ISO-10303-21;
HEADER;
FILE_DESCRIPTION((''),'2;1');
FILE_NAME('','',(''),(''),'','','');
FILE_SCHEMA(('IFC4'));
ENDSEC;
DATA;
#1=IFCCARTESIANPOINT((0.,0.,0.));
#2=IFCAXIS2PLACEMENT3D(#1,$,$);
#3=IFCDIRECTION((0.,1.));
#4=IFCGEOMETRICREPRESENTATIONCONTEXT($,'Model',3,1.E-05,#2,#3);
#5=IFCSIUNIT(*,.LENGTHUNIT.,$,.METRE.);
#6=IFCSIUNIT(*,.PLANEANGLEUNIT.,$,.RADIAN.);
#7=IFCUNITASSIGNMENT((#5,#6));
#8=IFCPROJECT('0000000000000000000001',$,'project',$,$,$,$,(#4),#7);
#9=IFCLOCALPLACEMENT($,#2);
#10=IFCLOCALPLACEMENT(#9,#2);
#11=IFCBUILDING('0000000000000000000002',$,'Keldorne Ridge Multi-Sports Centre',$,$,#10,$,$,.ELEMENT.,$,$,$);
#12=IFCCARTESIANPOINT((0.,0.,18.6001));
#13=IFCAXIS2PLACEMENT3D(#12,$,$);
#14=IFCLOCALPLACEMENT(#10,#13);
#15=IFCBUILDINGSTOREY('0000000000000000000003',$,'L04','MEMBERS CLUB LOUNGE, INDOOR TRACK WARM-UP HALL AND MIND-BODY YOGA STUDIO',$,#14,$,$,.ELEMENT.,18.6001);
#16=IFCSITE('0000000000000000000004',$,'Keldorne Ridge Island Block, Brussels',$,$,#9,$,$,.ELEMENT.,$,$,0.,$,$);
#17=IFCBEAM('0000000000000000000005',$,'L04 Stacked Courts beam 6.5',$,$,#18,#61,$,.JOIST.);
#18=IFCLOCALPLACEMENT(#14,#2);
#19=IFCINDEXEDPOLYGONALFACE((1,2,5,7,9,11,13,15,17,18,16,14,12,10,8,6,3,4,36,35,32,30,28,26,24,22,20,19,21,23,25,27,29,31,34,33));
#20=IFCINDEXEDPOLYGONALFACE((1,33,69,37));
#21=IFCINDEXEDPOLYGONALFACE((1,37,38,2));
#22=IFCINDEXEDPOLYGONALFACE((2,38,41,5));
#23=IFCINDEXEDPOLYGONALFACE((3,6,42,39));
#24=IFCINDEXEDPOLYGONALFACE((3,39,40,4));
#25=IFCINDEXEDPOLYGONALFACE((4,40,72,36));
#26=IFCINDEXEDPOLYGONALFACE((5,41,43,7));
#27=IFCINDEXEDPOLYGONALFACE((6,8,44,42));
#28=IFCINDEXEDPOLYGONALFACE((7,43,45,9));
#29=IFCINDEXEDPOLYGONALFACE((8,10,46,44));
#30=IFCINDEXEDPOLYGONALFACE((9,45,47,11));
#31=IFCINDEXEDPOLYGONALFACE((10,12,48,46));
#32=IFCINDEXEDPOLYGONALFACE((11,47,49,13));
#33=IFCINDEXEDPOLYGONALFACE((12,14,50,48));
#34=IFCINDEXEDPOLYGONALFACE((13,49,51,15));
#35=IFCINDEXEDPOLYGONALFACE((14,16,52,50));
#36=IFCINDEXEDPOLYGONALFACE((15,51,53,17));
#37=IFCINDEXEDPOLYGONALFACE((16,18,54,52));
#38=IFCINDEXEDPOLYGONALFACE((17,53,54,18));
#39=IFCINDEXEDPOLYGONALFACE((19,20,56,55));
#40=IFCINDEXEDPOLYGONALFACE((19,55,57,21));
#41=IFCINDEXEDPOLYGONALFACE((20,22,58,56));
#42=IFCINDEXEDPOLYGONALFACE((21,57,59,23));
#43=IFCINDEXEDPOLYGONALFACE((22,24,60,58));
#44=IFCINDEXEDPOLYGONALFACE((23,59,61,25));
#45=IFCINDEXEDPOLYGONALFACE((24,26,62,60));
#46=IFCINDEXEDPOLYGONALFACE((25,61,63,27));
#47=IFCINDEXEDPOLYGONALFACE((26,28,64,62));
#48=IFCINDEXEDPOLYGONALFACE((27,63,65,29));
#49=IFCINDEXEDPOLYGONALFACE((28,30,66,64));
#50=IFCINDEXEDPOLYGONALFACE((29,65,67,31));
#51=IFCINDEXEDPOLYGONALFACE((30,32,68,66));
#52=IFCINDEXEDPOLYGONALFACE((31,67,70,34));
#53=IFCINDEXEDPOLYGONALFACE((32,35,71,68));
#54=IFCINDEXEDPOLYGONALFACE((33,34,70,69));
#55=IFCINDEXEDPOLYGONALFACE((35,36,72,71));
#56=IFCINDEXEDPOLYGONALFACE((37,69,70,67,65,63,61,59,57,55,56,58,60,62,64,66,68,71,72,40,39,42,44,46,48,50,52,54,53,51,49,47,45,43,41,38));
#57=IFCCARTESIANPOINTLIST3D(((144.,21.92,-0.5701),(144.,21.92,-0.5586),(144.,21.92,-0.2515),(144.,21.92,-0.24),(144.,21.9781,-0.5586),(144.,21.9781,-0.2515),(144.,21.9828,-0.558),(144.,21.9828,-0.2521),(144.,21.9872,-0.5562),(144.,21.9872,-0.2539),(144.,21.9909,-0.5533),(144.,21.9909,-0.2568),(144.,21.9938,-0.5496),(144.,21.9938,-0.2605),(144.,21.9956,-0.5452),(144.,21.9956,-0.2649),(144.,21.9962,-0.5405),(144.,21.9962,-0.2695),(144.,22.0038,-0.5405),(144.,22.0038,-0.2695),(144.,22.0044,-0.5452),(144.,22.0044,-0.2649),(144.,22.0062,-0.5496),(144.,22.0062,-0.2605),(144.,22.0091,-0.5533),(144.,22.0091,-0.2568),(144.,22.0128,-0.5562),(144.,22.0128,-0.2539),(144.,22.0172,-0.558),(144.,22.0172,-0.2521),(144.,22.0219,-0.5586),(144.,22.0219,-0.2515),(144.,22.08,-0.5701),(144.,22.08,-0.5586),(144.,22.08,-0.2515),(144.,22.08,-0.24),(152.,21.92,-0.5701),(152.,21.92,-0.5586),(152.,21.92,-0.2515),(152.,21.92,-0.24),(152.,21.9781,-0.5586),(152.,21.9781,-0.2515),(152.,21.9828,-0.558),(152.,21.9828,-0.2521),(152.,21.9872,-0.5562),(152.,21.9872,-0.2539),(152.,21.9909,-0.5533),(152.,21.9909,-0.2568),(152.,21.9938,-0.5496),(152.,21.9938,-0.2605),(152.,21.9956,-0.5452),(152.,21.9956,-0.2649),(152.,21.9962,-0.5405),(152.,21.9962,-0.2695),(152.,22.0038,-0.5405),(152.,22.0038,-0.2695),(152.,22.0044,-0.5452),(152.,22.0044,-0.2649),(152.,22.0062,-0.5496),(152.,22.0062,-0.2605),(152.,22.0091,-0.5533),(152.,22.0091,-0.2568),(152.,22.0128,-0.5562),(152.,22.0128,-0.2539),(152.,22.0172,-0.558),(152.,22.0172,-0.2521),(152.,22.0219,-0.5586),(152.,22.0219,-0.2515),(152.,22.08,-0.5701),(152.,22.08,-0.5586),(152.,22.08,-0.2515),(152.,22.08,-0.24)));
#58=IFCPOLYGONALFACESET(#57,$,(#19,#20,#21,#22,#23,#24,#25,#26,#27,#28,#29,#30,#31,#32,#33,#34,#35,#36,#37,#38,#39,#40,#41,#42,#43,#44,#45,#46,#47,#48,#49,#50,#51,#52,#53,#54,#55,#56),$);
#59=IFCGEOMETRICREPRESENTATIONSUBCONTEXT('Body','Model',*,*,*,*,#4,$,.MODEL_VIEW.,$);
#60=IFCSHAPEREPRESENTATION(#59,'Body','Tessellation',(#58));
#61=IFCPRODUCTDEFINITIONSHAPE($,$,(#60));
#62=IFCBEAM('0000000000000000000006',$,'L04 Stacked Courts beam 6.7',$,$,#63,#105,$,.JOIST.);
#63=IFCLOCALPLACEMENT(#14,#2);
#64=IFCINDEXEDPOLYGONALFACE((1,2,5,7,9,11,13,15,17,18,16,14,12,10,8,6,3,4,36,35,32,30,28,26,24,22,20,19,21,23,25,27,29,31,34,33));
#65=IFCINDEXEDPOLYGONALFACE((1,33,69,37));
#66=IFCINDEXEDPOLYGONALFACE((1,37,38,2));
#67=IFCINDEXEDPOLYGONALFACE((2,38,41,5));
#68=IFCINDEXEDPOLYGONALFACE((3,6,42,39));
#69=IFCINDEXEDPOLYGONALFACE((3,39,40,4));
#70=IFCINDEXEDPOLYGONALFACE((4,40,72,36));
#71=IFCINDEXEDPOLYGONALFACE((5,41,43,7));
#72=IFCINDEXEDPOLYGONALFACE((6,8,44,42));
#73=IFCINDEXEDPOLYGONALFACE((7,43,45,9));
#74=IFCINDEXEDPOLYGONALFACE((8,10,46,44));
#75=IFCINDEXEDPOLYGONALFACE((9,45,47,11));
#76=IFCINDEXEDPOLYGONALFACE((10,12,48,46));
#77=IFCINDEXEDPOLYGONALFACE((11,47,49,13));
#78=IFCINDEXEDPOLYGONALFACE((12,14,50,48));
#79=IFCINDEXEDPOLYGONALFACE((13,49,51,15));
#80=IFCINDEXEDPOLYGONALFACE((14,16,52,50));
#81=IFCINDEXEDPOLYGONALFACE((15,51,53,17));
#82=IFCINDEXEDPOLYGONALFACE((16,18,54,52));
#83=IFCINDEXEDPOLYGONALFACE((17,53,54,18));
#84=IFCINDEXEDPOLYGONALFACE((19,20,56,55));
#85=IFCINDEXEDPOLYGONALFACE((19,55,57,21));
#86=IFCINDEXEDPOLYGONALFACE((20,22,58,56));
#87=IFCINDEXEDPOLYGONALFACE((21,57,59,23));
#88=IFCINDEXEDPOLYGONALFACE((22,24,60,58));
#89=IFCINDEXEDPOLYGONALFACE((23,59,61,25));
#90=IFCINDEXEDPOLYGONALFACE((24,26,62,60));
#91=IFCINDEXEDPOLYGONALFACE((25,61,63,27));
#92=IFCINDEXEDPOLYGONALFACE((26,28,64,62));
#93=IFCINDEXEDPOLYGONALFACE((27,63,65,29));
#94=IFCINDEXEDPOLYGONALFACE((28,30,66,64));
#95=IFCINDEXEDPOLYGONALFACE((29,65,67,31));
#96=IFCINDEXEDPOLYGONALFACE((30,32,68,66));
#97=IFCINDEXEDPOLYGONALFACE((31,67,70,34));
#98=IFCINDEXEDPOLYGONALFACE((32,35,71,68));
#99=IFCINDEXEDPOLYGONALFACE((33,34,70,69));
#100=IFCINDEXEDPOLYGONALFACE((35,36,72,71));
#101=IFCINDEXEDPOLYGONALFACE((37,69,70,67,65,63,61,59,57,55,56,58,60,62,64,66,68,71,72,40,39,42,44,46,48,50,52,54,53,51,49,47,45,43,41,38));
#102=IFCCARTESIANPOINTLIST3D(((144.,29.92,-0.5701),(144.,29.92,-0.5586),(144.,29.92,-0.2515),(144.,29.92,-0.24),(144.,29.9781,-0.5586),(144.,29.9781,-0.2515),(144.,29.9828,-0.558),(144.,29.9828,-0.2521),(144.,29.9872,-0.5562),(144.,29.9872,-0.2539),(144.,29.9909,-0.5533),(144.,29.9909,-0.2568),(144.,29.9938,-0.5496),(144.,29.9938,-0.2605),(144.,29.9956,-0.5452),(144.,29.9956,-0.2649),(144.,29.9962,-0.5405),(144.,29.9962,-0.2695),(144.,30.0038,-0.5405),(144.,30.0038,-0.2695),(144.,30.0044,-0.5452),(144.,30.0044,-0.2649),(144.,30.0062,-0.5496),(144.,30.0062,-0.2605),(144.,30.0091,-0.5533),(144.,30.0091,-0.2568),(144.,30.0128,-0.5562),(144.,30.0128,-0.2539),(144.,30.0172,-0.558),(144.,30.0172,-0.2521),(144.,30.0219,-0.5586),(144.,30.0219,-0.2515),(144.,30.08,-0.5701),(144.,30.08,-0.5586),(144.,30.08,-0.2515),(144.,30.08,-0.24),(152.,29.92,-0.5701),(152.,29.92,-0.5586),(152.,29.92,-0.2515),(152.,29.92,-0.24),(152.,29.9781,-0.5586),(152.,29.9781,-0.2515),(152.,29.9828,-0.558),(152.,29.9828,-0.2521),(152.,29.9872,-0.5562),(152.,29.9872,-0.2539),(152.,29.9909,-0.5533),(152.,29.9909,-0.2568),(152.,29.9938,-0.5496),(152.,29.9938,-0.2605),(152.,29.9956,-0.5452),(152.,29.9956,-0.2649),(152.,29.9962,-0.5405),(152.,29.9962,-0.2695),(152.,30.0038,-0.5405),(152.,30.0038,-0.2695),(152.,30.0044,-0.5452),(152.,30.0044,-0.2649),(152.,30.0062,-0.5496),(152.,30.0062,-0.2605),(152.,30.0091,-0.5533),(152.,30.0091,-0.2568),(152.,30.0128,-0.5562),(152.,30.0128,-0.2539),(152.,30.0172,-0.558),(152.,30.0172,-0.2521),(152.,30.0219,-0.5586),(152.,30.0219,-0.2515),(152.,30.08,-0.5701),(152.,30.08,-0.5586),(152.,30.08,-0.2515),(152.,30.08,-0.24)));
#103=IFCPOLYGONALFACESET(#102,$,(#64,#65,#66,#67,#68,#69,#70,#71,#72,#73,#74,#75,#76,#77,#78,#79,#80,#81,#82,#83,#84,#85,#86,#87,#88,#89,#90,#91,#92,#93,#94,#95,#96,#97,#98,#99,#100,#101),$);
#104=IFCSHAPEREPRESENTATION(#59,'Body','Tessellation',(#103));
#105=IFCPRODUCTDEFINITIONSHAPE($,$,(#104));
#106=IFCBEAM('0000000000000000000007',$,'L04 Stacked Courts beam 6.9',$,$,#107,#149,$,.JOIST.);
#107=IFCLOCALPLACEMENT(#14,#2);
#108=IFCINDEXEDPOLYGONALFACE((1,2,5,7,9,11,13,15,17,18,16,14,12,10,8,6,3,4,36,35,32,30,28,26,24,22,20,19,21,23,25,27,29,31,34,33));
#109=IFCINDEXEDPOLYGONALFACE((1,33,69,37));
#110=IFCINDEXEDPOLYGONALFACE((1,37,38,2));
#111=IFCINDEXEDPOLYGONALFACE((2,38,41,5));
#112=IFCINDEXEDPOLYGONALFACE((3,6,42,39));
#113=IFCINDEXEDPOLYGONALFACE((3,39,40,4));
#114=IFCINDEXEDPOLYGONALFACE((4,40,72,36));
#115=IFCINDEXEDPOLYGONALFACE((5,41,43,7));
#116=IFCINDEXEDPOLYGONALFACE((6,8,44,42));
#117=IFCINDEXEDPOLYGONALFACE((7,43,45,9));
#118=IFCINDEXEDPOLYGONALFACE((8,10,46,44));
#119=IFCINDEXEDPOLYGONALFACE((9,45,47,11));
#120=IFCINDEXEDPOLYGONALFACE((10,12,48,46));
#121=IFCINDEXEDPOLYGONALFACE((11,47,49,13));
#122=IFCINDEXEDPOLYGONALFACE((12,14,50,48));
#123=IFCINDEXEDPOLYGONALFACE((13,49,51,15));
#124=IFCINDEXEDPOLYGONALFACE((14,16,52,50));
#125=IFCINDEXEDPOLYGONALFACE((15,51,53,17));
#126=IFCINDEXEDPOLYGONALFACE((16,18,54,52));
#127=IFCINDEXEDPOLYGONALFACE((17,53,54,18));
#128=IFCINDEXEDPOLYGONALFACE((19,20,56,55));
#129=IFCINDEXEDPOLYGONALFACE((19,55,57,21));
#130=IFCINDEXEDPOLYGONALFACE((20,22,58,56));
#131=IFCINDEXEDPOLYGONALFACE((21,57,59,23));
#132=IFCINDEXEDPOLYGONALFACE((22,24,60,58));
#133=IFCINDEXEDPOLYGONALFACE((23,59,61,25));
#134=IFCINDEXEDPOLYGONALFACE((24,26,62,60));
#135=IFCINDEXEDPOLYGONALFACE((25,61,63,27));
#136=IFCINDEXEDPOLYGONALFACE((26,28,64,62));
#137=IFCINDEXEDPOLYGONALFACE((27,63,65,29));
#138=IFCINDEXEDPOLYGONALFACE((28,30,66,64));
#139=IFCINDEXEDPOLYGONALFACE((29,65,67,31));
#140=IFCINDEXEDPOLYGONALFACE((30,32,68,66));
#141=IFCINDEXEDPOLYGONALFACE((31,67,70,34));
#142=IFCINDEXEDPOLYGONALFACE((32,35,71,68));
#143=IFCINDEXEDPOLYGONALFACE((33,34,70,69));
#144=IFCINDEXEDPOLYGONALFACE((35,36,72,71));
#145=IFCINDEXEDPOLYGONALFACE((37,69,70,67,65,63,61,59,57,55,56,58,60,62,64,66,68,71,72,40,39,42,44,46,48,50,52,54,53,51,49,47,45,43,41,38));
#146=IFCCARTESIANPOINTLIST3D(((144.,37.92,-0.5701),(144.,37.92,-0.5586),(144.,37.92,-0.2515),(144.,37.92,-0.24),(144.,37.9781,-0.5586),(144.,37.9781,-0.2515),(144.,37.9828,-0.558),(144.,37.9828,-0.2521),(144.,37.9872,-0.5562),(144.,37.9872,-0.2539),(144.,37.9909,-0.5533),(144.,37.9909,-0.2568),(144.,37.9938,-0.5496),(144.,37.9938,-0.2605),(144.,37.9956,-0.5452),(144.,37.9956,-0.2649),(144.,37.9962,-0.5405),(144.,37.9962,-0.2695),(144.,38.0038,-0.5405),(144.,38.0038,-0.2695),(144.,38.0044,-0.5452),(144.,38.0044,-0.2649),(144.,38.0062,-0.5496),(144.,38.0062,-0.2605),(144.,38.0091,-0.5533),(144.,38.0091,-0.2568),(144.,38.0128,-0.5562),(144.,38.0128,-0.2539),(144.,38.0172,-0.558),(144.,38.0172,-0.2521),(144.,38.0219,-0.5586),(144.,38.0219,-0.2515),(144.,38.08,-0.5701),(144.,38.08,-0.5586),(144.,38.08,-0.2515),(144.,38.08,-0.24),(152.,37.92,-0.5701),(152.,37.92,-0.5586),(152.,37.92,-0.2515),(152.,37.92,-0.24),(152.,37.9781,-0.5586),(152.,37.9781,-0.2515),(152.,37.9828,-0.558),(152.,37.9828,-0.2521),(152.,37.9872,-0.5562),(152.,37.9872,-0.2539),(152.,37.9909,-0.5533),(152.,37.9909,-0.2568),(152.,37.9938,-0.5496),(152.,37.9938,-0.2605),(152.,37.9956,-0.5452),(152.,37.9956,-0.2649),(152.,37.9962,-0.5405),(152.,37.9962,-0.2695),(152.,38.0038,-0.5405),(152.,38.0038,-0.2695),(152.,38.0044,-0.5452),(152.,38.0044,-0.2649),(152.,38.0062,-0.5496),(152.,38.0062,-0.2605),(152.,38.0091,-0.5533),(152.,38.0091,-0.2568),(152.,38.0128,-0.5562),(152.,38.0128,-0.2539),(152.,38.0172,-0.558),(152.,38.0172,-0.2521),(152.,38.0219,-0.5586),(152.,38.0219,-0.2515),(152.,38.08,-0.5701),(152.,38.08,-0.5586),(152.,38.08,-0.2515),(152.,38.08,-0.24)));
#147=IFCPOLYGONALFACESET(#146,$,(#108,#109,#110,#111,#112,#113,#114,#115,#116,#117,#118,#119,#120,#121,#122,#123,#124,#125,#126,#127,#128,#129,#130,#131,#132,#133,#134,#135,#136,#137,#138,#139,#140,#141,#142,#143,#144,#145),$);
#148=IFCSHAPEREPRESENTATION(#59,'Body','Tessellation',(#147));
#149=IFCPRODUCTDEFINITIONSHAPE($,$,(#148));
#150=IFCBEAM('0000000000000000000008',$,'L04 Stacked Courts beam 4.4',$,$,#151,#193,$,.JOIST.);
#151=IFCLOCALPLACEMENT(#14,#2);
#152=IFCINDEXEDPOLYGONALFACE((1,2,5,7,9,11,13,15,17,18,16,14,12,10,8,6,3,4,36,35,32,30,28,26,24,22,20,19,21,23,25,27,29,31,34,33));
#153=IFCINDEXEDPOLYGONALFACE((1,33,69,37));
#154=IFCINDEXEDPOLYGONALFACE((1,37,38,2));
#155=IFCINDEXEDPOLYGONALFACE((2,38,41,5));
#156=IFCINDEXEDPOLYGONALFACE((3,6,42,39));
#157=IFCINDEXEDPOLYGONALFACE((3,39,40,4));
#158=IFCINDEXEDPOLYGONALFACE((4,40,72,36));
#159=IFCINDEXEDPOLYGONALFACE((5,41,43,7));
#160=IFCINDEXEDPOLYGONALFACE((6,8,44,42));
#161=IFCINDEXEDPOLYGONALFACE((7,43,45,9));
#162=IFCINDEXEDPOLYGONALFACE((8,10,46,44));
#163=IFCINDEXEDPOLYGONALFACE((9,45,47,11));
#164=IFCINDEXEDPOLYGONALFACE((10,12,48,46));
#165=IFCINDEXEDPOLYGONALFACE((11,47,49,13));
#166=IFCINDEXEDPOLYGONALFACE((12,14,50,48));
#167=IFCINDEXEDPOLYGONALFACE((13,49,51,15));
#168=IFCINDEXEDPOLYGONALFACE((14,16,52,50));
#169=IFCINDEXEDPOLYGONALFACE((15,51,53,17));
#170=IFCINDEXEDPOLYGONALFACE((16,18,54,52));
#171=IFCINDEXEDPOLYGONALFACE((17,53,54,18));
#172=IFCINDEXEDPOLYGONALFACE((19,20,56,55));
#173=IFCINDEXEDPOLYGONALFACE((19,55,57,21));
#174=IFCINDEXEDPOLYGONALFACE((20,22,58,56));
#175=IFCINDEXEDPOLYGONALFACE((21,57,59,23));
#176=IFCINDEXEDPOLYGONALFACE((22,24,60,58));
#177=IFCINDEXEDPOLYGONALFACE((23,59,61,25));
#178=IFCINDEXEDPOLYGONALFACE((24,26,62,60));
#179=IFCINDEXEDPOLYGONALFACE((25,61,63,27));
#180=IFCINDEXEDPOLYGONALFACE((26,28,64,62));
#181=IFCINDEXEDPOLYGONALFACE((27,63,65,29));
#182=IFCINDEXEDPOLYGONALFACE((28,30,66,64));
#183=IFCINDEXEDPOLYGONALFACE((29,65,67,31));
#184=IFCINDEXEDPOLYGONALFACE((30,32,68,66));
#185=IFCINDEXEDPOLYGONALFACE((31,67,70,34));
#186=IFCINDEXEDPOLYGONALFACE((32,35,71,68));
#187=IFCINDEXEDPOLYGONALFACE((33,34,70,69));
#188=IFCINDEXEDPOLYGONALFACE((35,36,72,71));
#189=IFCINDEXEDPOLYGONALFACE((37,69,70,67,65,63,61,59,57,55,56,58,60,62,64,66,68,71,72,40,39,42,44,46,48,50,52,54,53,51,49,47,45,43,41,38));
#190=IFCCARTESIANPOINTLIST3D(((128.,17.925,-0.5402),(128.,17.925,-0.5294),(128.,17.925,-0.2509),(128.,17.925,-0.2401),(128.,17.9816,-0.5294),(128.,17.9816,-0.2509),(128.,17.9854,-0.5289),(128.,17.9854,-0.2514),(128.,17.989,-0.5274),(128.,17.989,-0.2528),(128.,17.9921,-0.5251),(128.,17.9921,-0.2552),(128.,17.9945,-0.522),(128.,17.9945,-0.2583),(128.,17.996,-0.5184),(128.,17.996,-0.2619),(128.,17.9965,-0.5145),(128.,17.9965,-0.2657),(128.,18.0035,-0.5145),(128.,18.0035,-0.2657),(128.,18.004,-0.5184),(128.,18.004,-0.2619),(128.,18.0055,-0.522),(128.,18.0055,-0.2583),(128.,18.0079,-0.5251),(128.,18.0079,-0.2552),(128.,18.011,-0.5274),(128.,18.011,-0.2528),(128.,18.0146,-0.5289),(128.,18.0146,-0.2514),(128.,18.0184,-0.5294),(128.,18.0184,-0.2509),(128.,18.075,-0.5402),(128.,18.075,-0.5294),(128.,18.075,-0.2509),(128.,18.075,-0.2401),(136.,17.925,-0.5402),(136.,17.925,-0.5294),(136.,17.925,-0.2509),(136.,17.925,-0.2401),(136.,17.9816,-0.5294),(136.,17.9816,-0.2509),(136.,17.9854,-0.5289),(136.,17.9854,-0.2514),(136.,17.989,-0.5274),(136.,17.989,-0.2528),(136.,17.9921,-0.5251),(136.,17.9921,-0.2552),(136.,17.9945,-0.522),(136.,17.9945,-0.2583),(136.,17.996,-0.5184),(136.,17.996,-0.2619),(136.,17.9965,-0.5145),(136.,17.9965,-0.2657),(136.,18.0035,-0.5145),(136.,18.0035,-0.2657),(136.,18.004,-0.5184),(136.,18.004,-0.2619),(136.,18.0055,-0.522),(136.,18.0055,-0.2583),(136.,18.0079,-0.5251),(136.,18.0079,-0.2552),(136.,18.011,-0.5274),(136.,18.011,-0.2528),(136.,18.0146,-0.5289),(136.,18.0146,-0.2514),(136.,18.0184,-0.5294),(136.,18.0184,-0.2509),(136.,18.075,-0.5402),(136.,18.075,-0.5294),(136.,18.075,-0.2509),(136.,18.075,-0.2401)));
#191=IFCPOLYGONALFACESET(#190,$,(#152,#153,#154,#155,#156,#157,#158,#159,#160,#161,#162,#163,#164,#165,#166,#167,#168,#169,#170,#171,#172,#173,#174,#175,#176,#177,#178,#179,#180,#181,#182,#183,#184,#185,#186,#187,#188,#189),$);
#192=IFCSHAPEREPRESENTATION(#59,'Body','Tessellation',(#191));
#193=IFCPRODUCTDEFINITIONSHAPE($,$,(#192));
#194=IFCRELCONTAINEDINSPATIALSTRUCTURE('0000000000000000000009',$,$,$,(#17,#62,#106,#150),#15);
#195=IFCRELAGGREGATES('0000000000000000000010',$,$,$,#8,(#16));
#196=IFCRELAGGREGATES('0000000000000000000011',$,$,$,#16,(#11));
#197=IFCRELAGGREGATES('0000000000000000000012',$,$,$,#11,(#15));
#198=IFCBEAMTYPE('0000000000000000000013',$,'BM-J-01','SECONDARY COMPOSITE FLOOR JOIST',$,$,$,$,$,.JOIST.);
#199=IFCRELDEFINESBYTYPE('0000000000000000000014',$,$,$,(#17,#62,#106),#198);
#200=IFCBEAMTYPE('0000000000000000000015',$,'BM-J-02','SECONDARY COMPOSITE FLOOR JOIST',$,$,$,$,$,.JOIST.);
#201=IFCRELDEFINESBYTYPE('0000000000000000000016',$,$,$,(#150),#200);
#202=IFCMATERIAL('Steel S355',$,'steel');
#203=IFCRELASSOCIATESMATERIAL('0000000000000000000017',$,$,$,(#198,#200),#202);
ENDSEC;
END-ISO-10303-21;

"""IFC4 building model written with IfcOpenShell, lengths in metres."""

from ifc_helpers import new_model, si_unit, direction, frame, origin, origin_2d, place, context, subcontext, project, spatial, i_section, extrude, material, material_profile, profile_set, type_object, element, save


model = new_model("IFC4")

# Units and contexts
model_context = context("Model", 3, precision=1e-05, world=origin(), true_north=direction((0.0, 1.0)))
body_context = subcontext(model_context, "Body", "Model", "MODEL_VIEW")
ifc_project = project(units=[si_unit("LENGTHUNIT", "METRE"), si_unit("PLANEANGLEUNIT", "RADIAN")], contexts=[model_context])

# Site, building, storey
site_placement = place(None, origin())
site = spatial("IfcSite", under=ifc_project, at=site_placement, Name="Keldorne Ridge Island Block, Brussels", CompositionType="ELEMENT", RefElevation=0.0)
building_placement = place(site_placement, origin())
building = spatial("IfcBuilding", under=site, at=building_placement, Name="Keldorne Ridge Multi-Sports Centre", CompositionType="ELEMENT")
storey_placement = place(building_placement, frame((0.0, 0.0, 18.6001)))
storey = spatial("IfcBuildingStorey", under=building, at=storey_placement, Name="L04", Description="MEMBERS CLUB LOUNGE, INDOOR TRACK WARM-UP HALL AND MIND-BODY YOGA STUDIO", CompositionType="ELEMENT", Elevation=18.6001)

# Beams
ifc_material = material(Name="Steel S355", Category="steel")
ifc_material_profile_1 = material_profile(ifc_material, i_section(OverallWidth=0.1599, OverallDepth=0.3301, WebThickness=0.0076, FlangeThickness=0.0115, FilletRadius=0.0181, at=origin_2d()), Name="IPE 330")
ifc_profile_set_1 = profile_set([ifc_material_profile_1], Name="Steel S355")
beam_type_1 = type_object("IfcBeamType", Name="BM-J-01", Description="SECONDARY COMPOSITE FLOOR JOIST", PredefinedType="JOIST", material=ifc_profile_set_1)
for number, where, z_axis, x_axis, name in (
    (1, (144.0, 22.0, -0.405), (1.0, 0.0, 0.0), (0.0, 1.0, 0.0), "L04 Stacked Courts beam 6.5"),
    (2, (144.0, 30.0, -0.405), (1.0, 0.0, 0.0), (0.0, 1.0, 0.0), "L04 Stacked Courts beam 6.7"),
    (3, (144.0, 38.0, -0.405), (1.0, 0.0, 0.0), (0.0, 1.0, 0.0), "L04 Stacked Courts beam 6.9"),
):
    element("IfcBeam", number, at=place(storey_placement, frame(where, z_axis=z_axis, x_axis=x_axis)), inside=storey, type_object=beam_type_1, Name=name, PredefinedType="JOIST", context=body_context, shape_type="SweptSolid", body=[
        extrude(i_section(OverallWidth=0.1599, OverallDepth=0.3301, WebThickness=0.0076, FlangeThickness=0.0115, FilletRadius=0.0181, at=origin_2d()), origin(), (0.0, 0.0, 1.0), 8.0),
    ])
ifc_material_profile_2 = material_profile(ifc_material, i_section(OverallWidth=0.1499, OverallDepth=0.3, WebThickness=0.0071, FlangeThickness=0.0107, FilletRadius=0.0149, at=origin_2d()), Name="IPE 300")
ifc_profile_set_2 = profile_set([ifc_material_profile_2], Name="Steel S355")
beam_type_2 = type_object("IfcBeamType", Name="BM-J-02", Description="SECONDARY COMPOSITE FLOOR JOIST", PredefinedType="JOIST", material=ifc_profile_set_2)
for number, where, z_axis, x_axis, name in (
    (4, (128.0, 18.0, -0.3901), (1.0, 0.0, 0.0), (0.0, 1.0, 0.0), "L04 Stacked Courts beam 4.4"),
):
    element("IfcBeam", number, at=place(storey_placement, frame(where, z_axis=z_axis, x_axis=x_axis)), inside=storey, type_object=beam_type_2, Name=name, PredefinedType="JOIST", context=body_context, shape_type="SweptSolid", body=[
        extrude(i_section(OverallWidth=0.1499, OverallDepth=0.3, WebThickness=0.0071, FlangeThickness=0.0107, FilletRadius=0.0149, at=origin_2d()), origin(), (0.0, 0.0, 1.0), 8.0),
    ])

save(model, "model.ifc")
